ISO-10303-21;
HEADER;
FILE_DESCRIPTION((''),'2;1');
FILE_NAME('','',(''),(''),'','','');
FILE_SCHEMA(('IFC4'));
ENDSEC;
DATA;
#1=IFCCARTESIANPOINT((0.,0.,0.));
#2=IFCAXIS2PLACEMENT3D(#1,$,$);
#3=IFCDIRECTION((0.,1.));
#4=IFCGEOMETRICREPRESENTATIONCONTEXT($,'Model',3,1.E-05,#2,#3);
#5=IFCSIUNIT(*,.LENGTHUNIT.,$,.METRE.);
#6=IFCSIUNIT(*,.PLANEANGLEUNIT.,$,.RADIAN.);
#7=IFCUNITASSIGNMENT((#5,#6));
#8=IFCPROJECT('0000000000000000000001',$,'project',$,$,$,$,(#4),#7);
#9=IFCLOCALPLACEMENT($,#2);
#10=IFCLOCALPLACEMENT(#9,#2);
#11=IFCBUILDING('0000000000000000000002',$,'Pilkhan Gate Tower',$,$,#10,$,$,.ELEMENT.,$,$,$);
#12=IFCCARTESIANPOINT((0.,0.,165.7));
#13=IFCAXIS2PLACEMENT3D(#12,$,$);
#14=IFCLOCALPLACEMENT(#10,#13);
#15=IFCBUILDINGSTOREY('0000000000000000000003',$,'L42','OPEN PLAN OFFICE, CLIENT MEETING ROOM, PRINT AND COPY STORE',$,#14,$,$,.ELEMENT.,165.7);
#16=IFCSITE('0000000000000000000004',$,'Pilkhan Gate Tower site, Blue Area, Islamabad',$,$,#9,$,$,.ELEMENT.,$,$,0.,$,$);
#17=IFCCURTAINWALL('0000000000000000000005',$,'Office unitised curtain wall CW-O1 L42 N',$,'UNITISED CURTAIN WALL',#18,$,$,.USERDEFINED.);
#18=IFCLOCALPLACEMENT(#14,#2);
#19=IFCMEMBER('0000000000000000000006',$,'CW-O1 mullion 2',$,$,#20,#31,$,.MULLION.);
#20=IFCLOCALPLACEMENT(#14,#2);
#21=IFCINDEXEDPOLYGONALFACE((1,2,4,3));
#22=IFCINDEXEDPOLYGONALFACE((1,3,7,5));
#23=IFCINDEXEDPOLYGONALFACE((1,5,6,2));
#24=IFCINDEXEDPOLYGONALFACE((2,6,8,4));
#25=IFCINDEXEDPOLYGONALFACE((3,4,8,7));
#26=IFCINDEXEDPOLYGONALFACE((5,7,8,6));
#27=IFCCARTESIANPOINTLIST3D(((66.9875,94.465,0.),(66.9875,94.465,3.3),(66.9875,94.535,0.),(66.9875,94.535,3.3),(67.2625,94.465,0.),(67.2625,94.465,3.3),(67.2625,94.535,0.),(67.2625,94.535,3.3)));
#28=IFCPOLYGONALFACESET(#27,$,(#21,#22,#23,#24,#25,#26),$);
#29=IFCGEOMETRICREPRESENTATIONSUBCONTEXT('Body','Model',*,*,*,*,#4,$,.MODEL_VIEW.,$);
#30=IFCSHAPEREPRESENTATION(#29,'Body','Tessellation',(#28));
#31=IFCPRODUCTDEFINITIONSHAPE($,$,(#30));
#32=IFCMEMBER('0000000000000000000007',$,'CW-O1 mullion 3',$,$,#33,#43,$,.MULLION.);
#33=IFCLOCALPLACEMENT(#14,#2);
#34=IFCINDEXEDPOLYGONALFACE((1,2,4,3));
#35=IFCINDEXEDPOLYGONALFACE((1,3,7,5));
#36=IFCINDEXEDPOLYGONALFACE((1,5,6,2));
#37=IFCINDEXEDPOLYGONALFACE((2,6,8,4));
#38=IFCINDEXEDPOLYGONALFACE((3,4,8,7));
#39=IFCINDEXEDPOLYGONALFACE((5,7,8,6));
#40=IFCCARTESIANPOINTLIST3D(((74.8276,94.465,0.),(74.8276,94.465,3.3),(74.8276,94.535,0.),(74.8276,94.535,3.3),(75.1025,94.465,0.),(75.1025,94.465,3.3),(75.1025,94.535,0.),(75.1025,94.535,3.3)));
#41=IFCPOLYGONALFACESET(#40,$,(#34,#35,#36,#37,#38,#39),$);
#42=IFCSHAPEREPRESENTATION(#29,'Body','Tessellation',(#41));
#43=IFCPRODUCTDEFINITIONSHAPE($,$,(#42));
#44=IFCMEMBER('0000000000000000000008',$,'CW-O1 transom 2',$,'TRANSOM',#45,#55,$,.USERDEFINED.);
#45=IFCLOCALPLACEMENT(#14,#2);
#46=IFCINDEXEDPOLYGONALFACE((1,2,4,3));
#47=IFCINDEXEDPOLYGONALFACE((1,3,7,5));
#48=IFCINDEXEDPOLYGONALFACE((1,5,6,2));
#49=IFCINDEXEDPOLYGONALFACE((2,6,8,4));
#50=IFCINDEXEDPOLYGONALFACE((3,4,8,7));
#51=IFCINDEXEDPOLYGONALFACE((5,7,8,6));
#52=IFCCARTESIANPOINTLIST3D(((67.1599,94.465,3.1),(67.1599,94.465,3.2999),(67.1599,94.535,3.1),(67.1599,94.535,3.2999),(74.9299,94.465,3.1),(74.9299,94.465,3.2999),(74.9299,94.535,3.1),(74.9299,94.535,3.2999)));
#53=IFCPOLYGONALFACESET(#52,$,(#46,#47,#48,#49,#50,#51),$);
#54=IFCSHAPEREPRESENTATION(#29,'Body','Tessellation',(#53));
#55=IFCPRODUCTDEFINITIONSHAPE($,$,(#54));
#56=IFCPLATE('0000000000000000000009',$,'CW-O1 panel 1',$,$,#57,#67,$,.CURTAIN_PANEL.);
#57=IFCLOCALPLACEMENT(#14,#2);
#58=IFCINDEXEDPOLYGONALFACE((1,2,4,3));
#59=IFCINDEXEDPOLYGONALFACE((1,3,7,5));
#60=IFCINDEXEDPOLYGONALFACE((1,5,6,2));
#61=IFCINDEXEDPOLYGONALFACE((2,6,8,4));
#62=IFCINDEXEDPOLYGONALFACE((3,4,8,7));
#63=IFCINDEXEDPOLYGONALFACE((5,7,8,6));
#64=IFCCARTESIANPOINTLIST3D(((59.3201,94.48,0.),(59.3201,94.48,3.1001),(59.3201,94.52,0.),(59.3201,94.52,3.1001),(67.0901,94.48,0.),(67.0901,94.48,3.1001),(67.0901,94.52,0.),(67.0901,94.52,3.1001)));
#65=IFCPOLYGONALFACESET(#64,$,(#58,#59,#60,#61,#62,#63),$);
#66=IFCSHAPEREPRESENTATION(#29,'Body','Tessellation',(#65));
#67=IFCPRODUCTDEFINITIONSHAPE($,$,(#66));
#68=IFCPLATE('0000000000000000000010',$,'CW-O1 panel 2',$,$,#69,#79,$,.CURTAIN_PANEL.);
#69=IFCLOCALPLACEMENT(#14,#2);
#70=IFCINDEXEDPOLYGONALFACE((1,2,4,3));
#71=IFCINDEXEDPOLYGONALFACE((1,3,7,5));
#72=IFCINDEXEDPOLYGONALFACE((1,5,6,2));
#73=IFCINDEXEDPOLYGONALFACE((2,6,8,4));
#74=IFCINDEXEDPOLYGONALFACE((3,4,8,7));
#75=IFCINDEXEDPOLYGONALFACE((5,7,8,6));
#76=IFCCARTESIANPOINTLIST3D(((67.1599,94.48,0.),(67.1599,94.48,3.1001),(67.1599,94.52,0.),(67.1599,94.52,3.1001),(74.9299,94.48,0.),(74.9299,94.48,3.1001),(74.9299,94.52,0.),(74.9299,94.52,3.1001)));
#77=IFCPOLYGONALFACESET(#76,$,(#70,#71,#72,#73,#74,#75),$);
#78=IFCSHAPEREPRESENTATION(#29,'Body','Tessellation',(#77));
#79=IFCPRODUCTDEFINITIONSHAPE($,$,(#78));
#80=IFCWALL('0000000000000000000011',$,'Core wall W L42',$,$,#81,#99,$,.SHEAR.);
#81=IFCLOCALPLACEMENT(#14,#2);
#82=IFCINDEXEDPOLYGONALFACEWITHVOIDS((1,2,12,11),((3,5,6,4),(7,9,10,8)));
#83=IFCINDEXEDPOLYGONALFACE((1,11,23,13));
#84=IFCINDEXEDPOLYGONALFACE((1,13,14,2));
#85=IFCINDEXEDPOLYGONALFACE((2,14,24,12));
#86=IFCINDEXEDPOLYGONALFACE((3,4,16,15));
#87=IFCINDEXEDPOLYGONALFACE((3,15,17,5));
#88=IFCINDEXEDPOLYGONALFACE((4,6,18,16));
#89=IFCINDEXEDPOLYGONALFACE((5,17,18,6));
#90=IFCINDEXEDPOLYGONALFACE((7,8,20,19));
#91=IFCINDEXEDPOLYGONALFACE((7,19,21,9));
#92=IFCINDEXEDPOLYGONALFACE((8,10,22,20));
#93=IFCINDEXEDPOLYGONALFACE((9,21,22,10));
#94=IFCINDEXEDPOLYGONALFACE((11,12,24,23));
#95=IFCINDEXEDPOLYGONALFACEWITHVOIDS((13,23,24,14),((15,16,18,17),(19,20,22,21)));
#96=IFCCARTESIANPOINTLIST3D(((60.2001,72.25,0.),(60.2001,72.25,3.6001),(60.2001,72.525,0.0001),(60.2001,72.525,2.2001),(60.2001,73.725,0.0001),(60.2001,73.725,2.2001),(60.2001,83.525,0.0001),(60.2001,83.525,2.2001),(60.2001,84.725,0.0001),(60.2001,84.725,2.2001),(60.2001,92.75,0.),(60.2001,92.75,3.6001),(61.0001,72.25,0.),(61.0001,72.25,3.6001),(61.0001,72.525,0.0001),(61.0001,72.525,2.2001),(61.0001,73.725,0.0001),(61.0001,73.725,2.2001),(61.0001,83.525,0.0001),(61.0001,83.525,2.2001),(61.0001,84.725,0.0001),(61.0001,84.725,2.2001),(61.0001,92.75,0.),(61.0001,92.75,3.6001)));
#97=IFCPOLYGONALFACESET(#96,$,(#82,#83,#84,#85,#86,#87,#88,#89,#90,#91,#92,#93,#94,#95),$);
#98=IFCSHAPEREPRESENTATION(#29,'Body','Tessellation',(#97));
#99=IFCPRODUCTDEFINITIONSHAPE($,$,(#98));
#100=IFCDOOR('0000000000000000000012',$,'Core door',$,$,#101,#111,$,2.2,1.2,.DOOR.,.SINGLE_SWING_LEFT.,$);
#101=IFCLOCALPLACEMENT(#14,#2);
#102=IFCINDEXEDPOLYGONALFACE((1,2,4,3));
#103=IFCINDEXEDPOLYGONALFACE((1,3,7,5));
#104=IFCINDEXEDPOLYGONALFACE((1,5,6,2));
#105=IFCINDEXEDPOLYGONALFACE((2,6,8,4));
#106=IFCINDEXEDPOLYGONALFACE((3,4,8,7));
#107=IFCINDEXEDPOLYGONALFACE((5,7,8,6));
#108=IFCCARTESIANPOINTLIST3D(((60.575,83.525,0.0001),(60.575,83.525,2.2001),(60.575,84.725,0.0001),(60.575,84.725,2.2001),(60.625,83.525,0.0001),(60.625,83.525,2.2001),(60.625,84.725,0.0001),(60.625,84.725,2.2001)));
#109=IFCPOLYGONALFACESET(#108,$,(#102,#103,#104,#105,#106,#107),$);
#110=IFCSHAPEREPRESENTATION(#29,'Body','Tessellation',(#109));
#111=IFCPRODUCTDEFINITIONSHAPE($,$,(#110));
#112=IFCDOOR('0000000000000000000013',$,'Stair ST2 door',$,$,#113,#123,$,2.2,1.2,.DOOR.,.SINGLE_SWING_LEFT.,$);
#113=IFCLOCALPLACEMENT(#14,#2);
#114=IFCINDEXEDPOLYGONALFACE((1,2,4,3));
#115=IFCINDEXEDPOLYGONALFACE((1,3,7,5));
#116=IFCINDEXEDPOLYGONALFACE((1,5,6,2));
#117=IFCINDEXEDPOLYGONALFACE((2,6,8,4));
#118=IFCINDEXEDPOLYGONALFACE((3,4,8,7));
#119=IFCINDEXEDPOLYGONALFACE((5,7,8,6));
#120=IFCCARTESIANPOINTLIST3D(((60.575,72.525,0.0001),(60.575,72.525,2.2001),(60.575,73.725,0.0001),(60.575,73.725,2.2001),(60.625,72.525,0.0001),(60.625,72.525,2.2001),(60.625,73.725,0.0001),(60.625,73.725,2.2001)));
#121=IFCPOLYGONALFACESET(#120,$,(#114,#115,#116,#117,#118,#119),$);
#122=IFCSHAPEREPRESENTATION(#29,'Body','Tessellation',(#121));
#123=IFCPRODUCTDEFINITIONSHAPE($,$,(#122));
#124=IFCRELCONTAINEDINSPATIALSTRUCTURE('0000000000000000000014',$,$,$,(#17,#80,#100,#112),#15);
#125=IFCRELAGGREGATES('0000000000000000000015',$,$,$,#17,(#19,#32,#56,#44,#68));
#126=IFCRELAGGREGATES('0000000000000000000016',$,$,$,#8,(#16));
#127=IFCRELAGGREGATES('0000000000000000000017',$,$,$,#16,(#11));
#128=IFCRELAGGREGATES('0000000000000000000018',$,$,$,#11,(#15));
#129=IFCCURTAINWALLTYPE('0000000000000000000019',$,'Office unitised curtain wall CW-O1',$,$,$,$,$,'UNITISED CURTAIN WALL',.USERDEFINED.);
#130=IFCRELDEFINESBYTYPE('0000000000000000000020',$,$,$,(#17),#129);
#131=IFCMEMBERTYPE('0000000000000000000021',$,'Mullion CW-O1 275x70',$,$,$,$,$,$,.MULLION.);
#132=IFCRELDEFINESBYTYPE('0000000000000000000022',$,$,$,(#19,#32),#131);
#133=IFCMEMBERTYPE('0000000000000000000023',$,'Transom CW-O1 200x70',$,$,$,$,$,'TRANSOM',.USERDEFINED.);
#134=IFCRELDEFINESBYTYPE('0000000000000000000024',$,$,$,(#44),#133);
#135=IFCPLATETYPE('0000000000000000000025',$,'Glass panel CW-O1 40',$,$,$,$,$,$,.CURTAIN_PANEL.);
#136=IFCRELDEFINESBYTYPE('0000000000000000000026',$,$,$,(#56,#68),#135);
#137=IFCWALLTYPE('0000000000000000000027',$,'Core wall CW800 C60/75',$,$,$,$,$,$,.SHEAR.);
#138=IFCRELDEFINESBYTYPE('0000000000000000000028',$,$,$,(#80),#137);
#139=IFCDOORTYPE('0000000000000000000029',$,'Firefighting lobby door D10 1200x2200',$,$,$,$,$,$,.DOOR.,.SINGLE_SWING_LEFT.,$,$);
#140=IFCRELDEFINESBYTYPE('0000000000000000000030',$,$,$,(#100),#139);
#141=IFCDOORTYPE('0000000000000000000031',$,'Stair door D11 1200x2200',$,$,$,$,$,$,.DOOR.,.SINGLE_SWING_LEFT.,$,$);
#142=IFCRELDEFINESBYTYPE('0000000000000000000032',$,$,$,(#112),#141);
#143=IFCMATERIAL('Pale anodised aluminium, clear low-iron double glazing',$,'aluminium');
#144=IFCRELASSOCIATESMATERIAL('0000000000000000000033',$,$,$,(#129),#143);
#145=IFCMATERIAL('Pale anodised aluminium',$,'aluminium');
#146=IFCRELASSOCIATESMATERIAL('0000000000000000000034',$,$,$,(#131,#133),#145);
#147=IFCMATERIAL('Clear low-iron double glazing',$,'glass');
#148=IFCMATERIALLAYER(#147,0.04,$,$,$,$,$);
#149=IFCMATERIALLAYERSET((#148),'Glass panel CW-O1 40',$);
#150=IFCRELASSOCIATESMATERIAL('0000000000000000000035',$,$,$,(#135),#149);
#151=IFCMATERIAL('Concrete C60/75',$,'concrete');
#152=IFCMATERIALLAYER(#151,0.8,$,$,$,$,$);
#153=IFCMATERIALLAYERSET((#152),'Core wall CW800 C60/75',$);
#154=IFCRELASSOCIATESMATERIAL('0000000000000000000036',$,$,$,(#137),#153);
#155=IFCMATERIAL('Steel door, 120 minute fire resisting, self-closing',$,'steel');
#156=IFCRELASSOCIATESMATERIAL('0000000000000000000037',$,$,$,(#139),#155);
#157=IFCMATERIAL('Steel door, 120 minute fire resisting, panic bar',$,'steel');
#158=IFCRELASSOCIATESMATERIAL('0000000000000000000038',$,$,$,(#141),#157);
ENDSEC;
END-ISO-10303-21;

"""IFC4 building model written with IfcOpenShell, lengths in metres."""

from ifc_helpers import new_model, si_unit, direction, frame, frame_2d, origin, origin_2d, place, context, subcontext, project, spatial, rectangle, extrude, material, layer, layer_set, material_profile, profile_set, type_object, element, fill, aggregate, save


model = new_model("IFC4")

# Units and contexts
model_context = context("Model", 3, precision=1e-05, world=origin(), true_north=direction((0.0, 1.0)))
body_context = subcontext(model_context, "Body", "Model", "MODEL_VIEW")
ifc_project = project(units=[si_unit("LENGTHUNIT", "METRE"), si_unit("PLANEANGLEUNIT", "RADIAN")], contexts=[model_context])

# Site, building, storey
site_placement = place(None, origin())
site = spatial("IfcSite", under=ifc_project, at=site_placement, Name="Pilkhan Gate Tower site, Blue Area, Islamabad", CompositionType="ELEMENT", RefElevation=0.0)
building_placement = place(site_placement, origin())
building = spatial("IfcBuilding", under=site, at=building_placement, Name="Pilkhan Gate Tower", CompositionType="ELEMENT")
storey_placement = place(building_placement, frame((0.0, 0.0, 165.7)))
storey = spatial("IfcBuildingStorey", under=building, at=storey_placement, Name="L42", Description="OPEN PLAN OFFICE, CLIENT MEETING ROOM, PRINT AND COPY STORE", CompositionType="ELEMENT", Elevation=165.7)

# Curtain wall, members, plates
ifc_material_1 = material(Name="Pale anodised aluminium, clear low-iron double glazing", Category="aluminium")
curtain_wall_type = type_object("IfcCurtainWallType", Name="Office unitised curtain wall CW-O1", ElementType="UNITISED CURTAIN WALL", PredefinedType="USERDEFINED", material=ifc_material_1)
curtain_wall_placement = place(storey_placement, origin())
curtain_wall = element("IfcCurtainWall", 1, at=curtain_wall_placement, inside=storey, type_object=curtain_wall_type, Name="Office unitised curtain wall CW-O1 L42 N", ObjectType="UNITISED CURTAIN WALL", PredefinedType="USERDEFINED")
ifc_material_2 = material(Name="Pale anodised aluminium", Category="aluminium")
ifc_material_profile_1 = material_profile(ifc_material_2, rectangle(XDim=0.0701, YDim=0.2749, at=origin_2d()), Name="Mullion 275x70")
ifc_profile_set_1 = profile_set([ifc_material_profile_1], Name="Pale anodised aluminium")
member_type_1 = type_object("IfcMemberType", Name="Mullion CW-O1 275x70", PredefinedType="MULLION", material=ifc_profile_set_1)
member_1_placement = place(storey_placement, frame((67.125, 94.5, 0.0), z_axis=(0.0, 0.0, 1.0), x_axis=(0.0, 1.0, 0.0)))
member_1 = element("IfcMember", 2, at=member_1_placement, type_object=member_type_1, Name="CW-O1 mullion 2", PredefinedType="MULLION", context=body_context, shape_type="SweptSolid", body=[
    extrude(rectangle(XDim=0.0701, YDim=0.2749, at=origin_2d()), origin(), (0.0, 0.0, 1.0), 3.3),
])
member_2_placement = place(storey_placement, frame((74.9651, 94.5, 0.0), z_axis=(0.0, 0.0, 1.0), x_axis=(0.0, 1.0, 0.0)))
member_2 = element("IfcMember", 3, at=member_2_placement, type_object=member_type_1, Name="CW-O1 mullion 3", PredefinedType="MULLION", context=body_context, shape_type="SweptSolid", body=[
    extrude(rectangle(XDim=0.0701, YDim=0.2749, at=origin_2d()), origin(), (0.0, 0.0, 1.0), 3.3),
])
ifc_material_profile_2 = material_profile(ifc_material_2, rectangle(XDim=0.0701, YDim=0.2, at=origin_2d()), Name="Transom 200x70")
ifc_profile_set_2 = profile_set([ifc_material_profile_2], Name="Pale anodised aluminium")
member_type_2 = type_object("IfcMemberType", Name="Transom CW-O1 200x70", ElementType="TRANSOM", PredefinedType="USERDEFINED", material=ifc_profile_set_2)
member_3_placement = place(storey_placement, frame((67.1599, 94.5, 3.2), z_axis=(1.0, 0.0, 0.0), x_axis=(0.0, 1.0, 0.0)))
member_3 = element("IfcMember", 4, at=member_3_placement, type_object=member_type_2, Name="CW-O1 transom 2", ObjectType="TRANSOM", PredefinedType="USERDEFINED", context=body_context, shape_type="SweptSolid", body=[
    extrude(rectangle(XDim=0.0701, YDim=0.2, at=origin_2d()), origin(), (0.0, 0.0, 1.0), 7.77),
])
ifc_material_3 = material(Name="Clear low-iron double glazing", Category="glass")
ifc_layer_1 = layer(ifc_material_3, 0.04)
ifc_layer_set_1 = layer_set([ifc_layer_1], Name="Glass panel CW-O1 40")
plate_type = type_object("IfcPlateType", Name="Glass panel CW-O1 40", PredefinedType="CURTAIN_PANEL", material=ifc_layer_set_1)
plate_1_placement = place(storey_placement, frame((63.2051, 94.5, 0.0), z_axis=(0.0, 0.0, 1.0), x_axis=(1.0, 0.0, 0.0)))
plate_1 = element("IfcPlate", 5, at=plate_1_placement, type_object=plate_type, Name="CW-O1 panel 1", PredefinedType="CURTAIN_PANEL", context=body_context, shape_type="SweptSolid", body=[
    extrude(rectangle(XDim=7.77, YDim=0.04, at=origin_2d()), origin(), (0.0, 0.0, 1.0), 3.1001),
])
plate_2_placement = place(storey_placement, frame((71.0449, 94.5, 0.0), z_axis=(0.0, 0.0, 1.0), x_axis=(1.0, 0.0, 0.0)))
plate_2 = element("IfcPlate", 6, at=plate_2_placement, type_object=plate_type, Name="CW-O1 panel 2", PredefinedType="CURTAIN_PANEL", context=body_context, shape_type="SweptSolid", body=[
    extrude(rectangle(XDim=7.77, YDim=0.04, at=origin_2d()), origin(), (0.0, 0.0, 1.0), 3.1001),
])
aggregate(curtain_wall, [member_1, member_2, plate_1, member_3, plate_2])

# Wall, openings, doors
ifc_material_4 = material(Name="Concrete C60/75", Category="concrete")
ifc_layer_2 = layer(ifc_material_4, 0.8)
ifc_layer_set_2 = layer_set([ifc_layer_2], Name="Core wall CW800 C60/75")
wall_type_1 = type_object("IfcWallType", Name="Core wall CW800 C60/75", PredefinedType="SHEAR", material=ifc_layer_set_2)
wall_1_placement = place(storey_placement, frame((60.6001, 92.75, 0.0), z_axis=(0.0, 0.0, 1.0), x_axis=(0.0, -1.0, 0.0)))
wall_1 = element("IfcWall", 7, at=wall_1_placement, inside=storey, type_object=wall_type_1, Name="Core wall W L42", PredefinedType="SHEAR", context=body_context, shape_type="SweptSolid", body=[
    extrude(rectangle(XDim=20.5, YDim=0.8, at=frame_2d((10.25, 0.0))), origin(), (0.0, 0.0, 1.0), 3.6001),
])
opening_1_placement = place(wall_1_placement, frame((19.0249, 0.0, 0.0)))
opening_1 = element("IfcOpeningElement", 8, at=opening_1_placement, cuts=wall_1, PredefinedType="OPENING", context=body_context, shape_type="SweptSolid", body=[
    extrude(rectangle(XDim=1.2, YDim=2.2, at=frame_2d((0.6001, 1.1001))), frame((0.0, 0.4099, 0.0), z_axis=(0.0, -1.0, 0.0), x_axis=(1.0, 0.0, 0.0)), (0.0, 0.0, 1.0), 0.8201),
])
opening_2_placement = place(wall_1_placement, frame((8.0249, 0.0, 0.0)))
opening_2 = element("IfcOpeningElement", 9, at=opening_2_placement, cuts=wall_1, PredefinedType="OPENING", context=body_context, shape_type="SweptSolid", body=[
    extrude(rectangle(XDim=1.2, YDim=2.2, at=frame_2d((0.6001, 1.1001))), frame((0.0, 0.4099, 0.0), z_axis=(0.0, -1.0, 0.0), x_axis=(1.0, 0.0, 0.0)), (0.0, 0.0, 1.0), 0.8201),
])
ifc_material_5 = material(Name="Steel door, 120 minute fire resisting, self-closing", Category="steel")
door_type_1 = type_object("IfcDoorType", Name="Firefighting lobby door D10 1200x2200", OperationType="SINGLE_SWING_LEFT", PredefinedType="DOOR", material=ifc_material_5)
door_1_placement = place(opening_2_placement, origin())
door_1 = element("IfcDoor", 10, at=door_1_placement, inside=storey, type_object=door_type_1, Name="Core door", OperationType="SINGLE_SWING_LEFT", OverallHeight=2.2, OverallWidth=1.2, PredefinedType="DOOR", context=body_context, shape_type="SweptSolid", body=[
    extrude(rectangle(XDim=1.2, YDim=2.2, at=frame_2d((0.6001, 1.1001))), frame((0.0, 0.0249, 0.0), z_axis=(0.0, -1.0, 0.0), x_axis=(1.0, 0.0, 0.0)), (0.0, 0.0, 1.0), 0.05),
])
fill(opening_2, door_1)
ifc_material_6 = material(Name="Steel door, 120 minute fire resisting, panic bar", Category="steel")
door_type_2 = type_object("IfcDoorType", Name="Stair door D11 1200x2200", OperationType="SINGLE_SWING_LEFT", PredefinedType="DOOR", material=ifc_material_6)
door_2_placement = place(opening_1_placement, origin())
door_2 = element("IfcDoor", 11, at=door_2_placement, inside=storey, type_object=door_type_2, Name="Stair ST2 door", OperationType="SINGLE_SWING_LEFT", OverallHeight=2.2, OverallWidth=1.2, PredefinedType="DOOR", context=body_context, shape_type="SweptSolid", body=[
    extrude(rectangle(XDim=1.2, YDim=2.2, at=frame_2d((0.6001, 1.1001))), frame((0.0, 0.0249, 0.0), z_axis=(0.0, -1.0, 0.0), x_axis=(1.0, 0.0, 0.0)), (0.0, 0.0, 1.0), 0.05),
])
fill(opening_1, door_2)

save(model, "model.ifc")
